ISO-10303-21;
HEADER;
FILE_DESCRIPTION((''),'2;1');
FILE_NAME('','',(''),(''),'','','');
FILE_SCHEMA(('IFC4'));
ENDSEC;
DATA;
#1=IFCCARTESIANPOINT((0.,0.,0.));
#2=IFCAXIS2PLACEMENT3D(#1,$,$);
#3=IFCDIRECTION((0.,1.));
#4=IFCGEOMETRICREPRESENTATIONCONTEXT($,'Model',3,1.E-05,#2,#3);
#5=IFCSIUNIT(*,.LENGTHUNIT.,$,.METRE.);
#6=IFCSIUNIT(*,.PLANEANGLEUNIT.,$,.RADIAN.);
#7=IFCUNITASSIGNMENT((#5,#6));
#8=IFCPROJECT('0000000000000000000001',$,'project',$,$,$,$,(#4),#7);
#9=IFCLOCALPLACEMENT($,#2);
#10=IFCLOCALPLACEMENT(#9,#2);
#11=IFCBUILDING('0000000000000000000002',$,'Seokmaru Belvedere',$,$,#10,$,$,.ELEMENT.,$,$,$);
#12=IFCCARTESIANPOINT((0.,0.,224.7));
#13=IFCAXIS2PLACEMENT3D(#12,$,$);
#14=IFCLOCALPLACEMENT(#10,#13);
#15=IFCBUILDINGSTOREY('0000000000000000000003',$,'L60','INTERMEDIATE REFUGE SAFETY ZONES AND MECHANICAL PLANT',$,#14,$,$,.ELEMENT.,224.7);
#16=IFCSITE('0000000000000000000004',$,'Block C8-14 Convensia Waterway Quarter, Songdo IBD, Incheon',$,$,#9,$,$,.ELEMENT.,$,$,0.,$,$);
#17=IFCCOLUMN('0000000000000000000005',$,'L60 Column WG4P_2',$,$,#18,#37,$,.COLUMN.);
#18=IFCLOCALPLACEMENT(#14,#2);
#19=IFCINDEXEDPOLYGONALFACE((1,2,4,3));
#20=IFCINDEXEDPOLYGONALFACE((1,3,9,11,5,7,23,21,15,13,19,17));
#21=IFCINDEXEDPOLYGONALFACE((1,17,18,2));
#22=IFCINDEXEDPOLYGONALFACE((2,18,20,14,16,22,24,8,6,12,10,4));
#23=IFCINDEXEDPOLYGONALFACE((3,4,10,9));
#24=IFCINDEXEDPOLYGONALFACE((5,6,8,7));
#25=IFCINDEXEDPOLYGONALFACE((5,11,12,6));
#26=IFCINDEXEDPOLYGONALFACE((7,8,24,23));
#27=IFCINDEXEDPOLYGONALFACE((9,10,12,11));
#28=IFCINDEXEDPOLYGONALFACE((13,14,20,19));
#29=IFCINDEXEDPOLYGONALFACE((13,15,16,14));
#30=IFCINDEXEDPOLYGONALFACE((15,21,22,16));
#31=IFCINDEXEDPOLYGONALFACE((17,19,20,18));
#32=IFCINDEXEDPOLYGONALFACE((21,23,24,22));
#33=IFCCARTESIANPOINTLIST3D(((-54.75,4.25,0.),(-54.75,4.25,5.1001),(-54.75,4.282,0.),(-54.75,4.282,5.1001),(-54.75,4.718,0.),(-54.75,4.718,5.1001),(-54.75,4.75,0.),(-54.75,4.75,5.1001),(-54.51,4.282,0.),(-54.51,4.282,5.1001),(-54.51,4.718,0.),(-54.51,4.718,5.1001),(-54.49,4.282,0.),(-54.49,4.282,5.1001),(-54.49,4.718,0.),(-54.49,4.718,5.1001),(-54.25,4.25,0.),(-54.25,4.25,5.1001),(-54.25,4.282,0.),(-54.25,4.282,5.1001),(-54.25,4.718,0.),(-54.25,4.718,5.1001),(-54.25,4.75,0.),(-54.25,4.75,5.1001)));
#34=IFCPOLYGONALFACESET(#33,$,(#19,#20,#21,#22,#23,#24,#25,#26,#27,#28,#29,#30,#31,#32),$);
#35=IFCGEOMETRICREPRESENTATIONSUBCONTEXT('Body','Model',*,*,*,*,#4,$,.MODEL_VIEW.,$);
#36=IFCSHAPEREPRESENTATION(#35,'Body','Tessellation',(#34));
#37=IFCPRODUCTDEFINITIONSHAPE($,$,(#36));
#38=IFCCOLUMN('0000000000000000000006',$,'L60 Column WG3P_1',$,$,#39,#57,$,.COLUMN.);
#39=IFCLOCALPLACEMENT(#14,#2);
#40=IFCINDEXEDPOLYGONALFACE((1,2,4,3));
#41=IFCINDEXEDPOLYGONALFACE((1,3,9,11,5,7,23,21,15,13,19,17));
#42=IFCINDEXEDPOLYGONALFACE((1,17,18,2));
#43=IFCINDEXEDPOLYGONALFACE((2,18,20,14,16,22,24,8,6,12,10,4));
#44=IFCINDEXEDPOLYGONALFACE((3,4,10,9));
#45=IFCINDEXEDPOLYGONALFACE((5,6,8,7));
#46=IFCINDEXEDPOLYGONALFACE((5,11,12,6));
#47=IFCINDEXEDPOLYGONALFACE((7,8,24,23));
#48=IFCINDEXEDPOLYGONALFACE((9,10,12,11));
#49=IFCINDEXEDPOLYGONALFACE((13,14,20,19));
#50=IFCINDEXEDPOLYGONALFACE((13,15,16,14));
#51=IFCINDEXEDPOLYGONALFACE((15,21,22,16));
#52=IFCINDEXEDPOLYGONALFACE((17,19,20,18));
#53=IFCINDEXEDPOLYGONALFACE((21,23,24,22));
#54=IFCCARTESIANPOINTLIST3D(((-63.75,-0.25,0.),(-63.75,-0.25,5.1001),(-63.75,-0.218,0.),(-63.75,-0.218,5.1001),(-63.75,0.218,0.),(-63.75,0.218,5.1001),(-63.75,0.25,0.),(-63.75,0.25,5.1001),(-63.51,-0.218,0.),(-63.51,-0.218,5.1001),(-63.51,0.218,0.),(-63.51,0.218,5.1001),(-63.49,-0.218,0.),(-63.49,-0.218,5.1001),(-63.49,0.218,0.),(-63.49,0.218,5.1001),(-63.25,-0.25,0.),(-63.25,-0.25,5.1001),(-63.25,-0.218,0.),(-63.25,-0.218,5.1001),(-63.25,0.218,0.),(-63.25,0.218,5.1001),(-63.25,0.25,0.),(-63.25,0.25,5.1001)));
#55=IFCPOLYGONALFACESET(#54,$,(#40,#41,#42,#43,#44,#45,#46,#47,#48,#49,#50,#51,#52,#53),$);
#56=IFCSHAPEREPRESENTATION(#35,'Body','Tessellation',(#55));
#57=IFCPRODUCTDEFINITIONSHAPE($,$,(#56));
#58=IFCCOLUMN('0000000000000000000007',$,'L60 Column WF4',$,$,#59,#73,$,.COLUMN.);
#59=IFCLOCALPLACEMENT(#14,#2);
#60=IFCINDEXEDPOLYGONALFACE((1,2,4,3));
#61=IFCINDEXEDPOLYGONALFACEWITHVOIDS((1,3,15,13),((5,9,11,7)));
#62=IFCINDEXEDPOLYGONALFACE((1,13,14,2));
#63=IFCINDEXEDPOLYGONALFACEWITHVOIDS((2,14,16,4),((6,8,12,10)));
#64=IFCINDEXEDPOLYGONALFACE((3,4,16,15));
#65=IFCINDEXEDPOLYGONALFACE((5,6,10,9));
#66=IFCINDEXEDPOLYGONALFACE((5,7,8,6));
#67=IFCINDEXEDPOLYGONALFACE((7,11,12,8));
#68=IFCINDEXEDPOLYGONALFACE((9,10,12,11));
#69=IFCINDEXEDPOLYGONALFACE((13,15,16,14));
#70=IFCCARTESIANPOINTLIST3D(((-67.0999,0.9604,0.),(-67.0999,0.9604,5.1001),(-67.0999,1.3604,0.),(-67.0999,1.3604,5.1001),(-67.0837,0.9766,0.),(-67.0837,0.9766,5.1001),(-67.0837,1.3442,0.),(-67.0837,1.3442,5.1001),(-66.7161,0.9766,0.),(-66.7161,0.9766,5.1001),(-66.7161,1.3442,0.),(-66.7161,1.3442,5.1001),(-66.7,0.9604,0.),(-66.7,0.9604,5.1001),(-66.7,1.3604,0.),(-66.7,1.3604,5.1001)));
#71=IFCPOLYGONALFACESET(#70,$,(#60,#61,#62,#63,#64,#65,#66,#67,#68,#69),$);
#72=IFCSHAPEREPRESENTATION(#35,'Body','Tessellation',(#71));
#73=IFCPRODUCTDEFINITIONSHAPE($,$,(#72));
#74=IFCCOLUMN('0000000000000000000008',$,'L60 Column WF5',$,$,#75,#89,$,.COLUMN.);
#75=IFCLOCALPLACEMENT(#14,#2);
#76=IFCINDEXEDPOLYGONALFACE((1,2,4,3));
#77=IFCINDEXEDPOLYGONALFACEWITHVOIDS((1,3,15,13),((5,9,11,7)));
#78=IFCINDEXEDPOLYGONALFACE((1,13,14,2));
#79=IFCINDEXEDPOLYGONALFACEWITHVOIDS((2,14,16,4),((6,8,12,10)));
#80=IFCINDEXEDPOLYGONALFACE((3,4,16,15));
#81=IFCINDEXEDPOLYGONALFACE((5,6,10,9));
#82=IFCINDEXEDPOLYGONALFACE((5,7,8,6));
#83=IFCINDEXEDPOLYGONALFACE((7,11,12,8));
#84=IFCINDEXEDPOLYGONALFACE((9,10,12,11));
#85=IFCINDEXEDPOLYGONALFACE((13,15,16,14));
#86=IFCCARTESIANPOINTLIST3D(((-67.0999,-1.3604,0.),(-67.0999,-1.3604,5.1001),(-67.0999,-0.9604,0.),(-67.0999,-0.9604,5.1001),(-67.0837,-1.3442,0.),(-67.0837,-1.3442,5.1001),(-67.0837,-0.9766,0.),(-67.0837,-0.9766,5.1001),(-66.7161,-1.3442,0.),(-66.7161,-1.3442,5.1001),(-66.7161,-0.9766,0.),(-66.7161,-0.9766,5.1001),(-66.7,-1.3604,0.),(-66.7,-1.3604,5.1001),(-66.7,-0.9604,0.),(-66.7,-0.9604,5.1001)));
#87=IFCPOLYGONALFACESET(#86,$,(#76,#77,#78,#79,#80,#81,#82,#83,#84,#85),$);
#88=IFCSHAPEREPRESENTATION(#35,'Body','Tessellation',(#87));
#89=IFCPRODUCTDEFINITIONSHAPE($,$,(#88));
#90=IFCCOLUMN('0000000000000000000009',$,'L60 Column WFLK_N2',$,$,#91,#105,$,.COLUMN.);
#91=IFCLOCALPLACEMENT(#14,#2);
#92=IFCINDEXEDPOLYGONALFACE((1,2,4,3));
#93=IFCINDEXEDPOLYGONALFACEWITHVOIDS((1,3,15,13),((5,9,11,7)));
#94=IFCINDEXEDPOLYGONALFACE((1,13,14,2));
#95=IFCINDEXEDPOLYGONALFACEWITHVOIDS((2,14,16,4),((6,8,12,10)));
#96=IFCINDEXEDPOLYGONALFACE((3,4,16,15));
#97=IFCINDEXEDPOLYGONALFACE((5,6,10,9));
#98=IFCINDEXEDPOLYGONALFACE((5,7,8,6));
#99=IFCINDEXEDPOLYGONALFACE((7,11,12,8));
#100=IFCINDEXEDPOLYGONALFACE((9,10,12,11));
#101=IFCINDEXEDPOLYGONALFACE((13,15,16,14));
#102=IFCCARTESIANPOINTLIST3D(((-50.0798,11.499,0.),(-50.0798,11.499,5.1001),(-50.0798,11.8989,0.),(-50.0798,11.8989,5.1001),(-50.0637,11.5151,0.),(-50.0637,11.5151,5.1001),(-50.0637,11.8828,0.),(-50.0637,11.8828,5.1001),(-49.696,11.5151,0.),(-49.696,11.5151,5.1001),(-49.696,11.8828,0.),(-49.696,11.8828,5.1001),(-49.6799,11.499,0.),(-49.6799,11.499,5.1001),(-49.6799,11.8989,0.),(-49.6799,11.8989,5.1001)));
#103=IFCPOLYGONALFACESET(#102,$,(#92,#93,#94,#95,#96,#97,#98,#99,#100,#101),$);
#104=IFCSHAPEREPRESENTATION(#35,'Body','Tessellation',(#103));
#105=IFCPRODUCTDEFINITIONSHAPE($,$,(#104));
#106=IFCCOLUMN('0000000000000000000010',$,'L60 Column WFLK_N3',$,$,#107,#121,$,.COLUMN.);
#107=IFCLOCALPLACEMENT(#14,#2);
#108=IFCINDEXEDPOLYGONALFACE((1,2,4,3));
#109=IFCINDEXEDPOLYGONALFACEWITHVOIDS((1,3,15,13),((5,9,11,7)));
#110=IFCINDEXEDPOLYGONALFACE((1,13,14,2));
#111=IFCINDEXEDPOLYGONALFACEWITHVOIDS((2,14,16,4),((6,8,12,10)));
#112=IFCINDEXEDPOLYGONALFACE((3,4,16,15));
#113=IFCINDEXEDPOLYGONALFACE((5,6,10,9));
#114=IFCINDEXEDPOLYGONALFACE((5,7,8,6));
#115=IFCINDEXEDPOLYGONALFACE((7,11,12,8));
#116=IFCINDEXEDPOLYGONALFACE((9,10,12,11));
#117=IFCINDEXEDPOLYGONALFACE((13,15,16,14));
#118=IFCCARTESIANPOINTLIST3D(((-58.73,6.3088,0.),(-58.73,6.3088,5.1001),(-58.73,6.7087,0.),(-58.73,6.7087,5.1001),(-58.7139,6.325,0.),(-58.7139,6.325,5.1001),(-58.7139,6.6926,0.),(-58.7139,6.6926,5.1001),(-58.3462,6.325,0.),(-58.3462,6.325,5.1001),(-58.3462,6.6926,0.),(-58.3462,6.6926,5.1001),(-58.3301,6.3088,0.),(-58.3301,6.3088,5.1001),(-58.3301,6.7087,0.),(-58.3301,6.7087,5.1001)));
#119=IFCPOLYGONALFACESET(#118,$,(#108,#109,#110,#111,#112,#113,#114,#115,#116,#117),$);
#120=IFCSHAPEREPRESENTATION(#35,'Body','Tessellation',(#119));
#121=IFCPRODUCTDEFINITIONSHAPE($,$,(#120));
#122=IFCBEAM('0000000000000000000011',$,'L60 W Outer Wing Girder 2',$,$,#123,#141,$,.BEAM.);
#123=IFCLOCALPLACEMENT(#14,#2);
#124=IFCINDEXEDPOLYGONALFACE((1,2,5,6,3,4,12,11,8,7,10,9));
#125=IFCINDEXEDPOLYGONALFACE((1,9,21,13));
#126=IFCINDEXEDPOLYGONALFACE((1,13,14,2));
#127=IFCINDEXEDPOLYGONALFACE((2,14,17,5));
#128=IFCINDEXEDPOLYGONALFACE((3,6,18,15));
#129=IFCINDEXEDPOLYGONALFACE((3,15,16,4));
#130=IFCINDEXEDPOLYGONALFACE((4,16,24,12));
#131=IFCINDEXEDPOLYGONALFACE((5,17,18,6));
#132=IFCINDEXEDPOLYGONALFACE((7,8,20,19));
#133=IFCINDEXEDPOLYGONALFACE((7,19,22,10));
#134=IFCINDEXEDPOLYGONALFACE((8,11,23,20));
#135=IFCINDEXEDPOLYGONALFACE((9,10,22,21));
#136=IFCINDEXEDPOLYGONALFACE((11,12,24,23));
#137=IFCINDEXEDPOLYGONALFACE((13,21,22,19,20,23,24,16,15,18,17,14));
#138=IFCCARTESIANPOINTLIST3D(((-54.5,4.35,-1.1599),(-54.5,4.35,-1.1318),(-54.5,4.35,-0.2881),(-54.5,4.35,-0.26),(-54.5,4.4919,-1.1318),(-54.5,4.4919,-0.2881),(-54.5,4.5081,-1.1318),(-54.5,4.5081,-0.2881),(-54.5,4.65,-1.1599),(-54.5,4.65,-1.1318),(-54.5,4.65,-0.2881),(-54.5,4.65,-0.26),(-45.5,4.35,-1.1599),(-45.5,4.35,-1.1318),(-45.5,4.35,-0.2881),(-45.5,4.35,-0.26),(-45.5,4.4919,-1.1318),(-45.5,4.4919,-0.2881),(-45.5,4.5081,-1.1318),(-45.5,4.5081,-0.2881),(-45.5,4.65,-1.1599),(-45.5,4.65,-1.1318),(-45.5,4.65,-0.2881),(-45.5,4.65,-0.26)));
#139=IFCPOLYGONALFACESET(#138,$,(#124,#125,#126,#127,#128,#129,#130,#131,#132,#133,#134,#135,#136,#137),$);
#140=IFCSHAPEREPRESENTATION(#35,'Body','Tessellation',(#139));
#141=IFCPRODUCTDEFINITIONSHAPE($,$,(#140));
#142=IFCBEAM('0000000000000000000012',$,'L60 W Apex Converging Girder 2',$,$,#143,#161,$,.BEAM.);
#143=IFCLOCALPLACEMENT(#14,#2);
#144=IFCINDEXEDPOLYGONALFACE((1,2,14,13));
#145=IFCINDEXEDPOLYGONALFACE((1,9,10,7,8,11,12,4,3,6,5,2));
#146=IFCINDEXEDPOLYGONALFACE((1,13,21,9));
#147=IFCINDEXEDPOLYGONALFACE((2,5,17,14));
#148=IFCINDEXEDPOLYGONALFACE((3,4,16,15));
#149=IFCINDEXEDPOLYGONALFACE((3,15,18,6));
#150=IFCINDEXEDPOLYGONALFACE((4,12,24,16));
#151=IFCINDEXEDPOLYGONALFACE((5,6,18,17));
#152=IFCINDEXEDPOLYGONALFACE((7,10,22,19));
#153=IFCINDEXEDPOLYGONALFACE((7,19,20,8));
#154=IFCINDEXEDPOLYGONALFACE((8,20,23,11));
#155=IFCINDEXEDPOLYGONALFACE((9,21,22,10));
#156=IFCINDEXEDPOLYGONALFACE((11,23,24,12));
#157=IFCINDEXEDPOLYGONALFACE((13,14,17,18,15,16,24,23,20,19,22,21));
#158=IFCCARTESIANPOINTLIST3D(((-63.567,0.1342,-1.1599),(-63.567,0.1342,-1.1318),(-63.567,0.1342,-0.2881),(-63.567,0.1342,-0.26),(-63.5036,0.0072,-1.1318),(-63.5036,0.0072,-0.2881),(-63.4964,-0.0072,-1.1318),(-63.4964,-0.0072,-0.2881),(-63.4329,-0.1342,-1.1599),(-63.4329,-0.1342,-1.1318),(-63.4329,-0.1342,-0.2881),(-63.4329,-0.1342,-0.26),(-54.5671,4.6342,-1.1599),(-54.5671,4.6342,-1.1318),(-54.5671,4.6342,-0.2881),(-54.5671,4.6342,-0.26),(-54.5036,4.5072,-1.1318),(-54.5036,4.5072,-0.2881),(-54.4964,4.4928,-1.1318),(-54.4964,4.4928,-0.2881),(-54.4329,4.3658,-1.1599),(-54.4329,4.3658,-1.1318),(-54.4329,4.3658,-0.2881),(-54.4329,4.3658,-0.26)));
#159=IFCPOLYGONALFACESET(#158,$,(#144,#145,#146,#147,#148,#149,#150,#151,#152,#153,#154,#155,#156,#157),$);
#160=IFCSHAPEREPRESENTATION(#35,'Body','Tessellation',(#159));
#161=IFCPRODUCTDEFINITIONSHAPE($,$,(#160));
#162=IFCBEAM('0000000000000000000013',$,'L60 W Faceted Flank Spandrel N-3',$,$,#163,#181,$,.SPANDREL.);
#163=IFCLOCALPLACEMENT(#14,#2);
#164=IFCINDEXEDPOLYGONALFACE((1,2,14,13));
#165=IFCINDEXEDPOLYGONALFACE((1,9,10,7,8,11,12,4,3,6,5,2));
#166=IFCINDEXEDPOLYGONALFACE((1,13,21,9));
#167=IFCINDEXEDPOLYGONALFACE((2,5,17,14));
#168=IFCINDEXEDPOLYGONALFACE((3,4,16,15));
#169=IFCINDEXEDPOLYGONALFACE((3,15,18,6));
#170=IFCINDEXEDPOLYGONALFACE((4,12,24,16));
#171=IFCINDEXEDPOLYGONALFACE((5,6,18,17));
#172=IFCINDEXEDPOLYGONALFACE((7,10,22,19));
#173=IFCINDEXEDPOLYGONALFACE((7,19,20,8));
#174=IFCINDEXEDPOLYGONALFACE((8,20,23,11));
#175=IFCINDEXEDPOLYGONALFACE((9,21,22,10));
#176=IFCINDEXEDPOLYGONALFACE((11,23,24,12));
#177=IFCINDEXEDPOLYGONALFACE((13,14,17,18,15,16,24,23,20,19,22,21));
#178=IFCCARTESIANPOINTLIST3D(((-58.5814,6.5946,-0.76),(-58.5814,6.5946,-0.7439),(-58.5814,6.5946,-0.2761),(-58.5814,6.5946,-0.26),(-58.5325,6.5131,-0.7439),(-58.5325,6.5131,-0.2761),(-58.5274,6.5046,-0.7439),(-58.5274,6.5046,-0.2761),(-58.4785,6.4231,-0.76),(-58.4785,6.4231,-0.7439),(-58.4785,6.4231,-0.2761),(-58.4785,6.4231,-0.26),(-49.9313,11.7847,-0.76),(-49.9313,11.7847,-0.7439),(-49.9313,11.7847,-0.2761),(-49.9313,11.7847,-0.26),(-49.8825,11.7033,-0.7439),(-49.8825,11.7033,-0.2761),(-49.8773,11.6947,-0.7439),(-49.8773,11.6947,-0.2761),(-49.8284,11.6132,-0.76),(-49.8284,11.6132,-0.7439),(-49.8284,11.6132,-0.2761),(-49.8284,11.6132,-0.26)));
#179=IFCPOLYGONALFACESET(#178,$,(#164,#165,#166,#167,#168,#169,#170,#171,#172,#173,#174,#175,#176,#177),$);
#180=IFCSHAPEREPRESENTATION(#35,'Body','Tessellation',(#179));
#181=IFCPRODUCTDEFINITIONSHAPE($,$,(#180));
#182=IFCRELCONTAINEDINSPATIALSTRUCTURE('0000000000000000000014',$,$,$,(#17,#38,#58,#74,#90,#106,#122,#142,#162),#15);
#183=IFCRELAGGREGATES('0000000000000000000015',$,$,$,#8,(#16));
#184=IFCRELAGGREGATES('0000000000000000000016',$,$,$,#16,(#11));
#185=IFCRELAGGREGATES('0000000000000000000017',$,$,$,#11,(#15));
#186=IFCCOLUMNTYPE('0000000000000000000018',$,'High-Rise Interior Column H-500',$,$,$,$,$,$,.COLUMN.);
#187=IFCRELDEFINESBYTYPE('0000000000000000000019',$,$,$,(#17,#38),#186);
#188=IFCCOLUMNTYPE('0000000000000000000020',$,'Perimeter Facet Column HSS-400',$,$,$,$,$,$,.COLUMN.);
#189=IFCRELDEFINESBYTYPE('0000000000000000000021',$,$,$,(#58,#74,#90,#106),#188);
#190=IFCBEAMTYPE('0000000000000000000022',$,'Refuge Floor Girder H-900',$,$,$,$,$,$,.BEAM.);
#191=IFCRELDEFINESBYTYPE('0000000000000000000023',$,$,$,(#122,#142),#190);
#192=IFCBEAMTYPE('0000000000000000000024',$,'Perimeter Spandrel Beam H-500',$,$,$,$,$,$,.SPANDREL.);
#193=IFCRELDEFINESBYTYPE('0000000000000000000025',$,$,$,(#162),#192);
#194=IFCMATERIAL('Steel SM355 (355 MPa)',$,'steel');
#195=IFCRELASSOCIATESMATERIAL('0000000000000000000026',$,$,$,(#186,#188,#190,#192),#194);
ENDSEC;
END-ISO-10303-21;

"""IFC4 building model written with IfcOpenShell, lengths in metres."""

from ifc_helpers import new_model, si_unit, direction, frame, origin, origin_2d, place, context, subcontext, project, spatial, hollow_rectangle, i_section, extrude, source, transform, mapped, material, material_profile, profile_set, type_object, type_shapes, element, save


model = new_model("IFC4")

# Units and contexts
model_context = context("Model", 3, precision=1e-05, world=origin(), true_north=direction((0.0, 1.0)))
body_context = subcontext(model_context, "Body", "Model", "MODEL_VIEW")
ifc_project = project(units=[si_unit("LENGTHUNIT", "METRE"), si_unit("PLANEANGLEUNIT", "RADIAN")], contexts=[model_context])

# Site, building, storey
site_placement = place(None, origin())
site = spatial("IfcSite", under=ifc_project, at=site_placement, Name="Block C8-14 Convensia Waterway Quarter, Songdo IBD, Incheon", CompositionType="ELEMENT", RefElevation=0.0)
building_placement = place(site_placement, origin())
building = spatial("IfcBuilding", under=site, at=building_placement, Name="Seokmaru Belvedere", CompositionType="ELEMENT")
storey_placement = place(building_placement, frame((0.0, 0.0, 224.7)))
storey = spatial("IfcBuildingStorey", under=building, at=storey_placement, Name="L60", Description="INTERMEDIATE REFUGE SAFETY ZONES AND MECHANICAL PLANT", CompositionType="ELEMENT", Elevation=224.7)

# Columns
ifc_material_1 = material(Name="Steel SM355 (355 MPa)", Category="steel")
ifc_material_profile_1 = material_profile(ifc_material_1, i_section(OverallWidth=0.5, OverallDepth=0.5, WebThickness=0.02, FlangeThickness=0.032, at=origin_2d()), Name="H-500x500x20x32")
ifc_profile_set_1 = profile_set([ifc_material_profile_1], Name="Steel SM355 (355 MPa)")
column_type_1 = type_object("IfcColumnType", Name="High-Rise Interior Column H-500", PredefinedType="COLUMN", material=ifc_profile_set_1)
shared_shape_1 = source(origin(), body_context, "Body", "SweptSolid", [
    extrude(i_section(OverallWidth=0.5, OverallDepth=0.5, WebThickness=0.02, FlangeThickness=0.032, at=origin_2d()), origin(), (0.0, 0.0, 1.0), 5.1001),
])
type_shapes(column_type_1, [shared_shape_1])
for number, where, z_axis, x_axis, name in (
    (1, (-54.5, 4.5, 0.0), (0.0, 0.0, 1.0), (1.0, 0.0, 0.0), "L60 Column WG4P_2"),
    (2, (-63.5, 0.0, 0.0), (0.0, 0.0, 1.0), (1.0, 0.0, 0.0), "L60 Column WG3P_1"),
):
    element("IfcColumn", number, at=place(storey_placement, frame(where, z_axis=z_axis, x_axis=x_axis)), inside=storey, type_object=column_type_1, Name=name, PredefinedType="COLUMN", context=body_context, shape_type="MappedRepresentation", body=[
        mapped(shared_shape_1, transform((0.0, 0.0, 0.0), scale=1.0)),
    ])
ifc_material_profile_2 = material_profile(ifc_material_1, hollow_rectangle(XDim=0.3999, YDim=0.3999, WallThickness=0.0161, at=origin_2d()), Name="HSS-400x400x16")
ifc_profile_set_2 = profile_set([ifc_material_profile_2], Name="Steel SM355 (355 MPa)")
column_type_2 = type_object("IfcColumnType", Name="Perimeter Facet Column HSS-400", PredefinedType="COLUMN", material=ifc_profile_set_2)
shared_shape_2 = source(origin(), body_context, "Body", "SweptSolid", [
    extrude(hollow_rectangle(XDim=0.3999, YDim=0.3999, WallThickness=0.0161, at=origin_2d()), origin(), (0.0, 0.0, 1.0), 5.1001),
])
type_shapes(column_type_2, [shared_shape_2])
for number, where, z_axis, x_axis, name in (
    (3, (-66.8999, 1.1604, 0.0), (0.0, 0.0, 1.0), (1.0, 0.0, 0.0), "L60 Column WF4"),
    (4, (-66.8999, -1.1604, 0.0), (0.0, 0.0, 1.0), (1.0, 0.0, 0.0), "L60 Column WF5"),
    (5, (-49.8799, 11.699, 0.0), (0.0, 0.0, 1.0), (1.0, 0.0, 0.0), "L60 Column WFLK_N2"),
    (6, (-58.53, 6.5088, 0.0), (0.0, 0.0, 1.0), (1.0, 0.0, 0.0), "L60 Column WFLK_N3"),
):
    element("IfcColumn", number, at=place(storey_placement, frame(where, z_axis=z_axis, x_axis=x_axis)), inside=storey, type_object=column_type_2, Name=name, PredefinedType="COLUMN", context=body_context, shape_type="MappedRepresentation", body=[
        mapped(shared_shape_2, transform((0.0, 0.0, 0.0), scale=1.0)),
    ])

# Beams
ifc_material_profile_3 = material_profile(ifc_material_1, i_section(OverallWidth=0.3, OverallDepth=0.8999, WebThickness=0.0161, FlangeThickness=0.0281, at=origin_2d()), Name="H-900x300x16x28")
ifc_profile_set_3 = profile_set([ifc_material_profile_3], Name="Steel SM355 (355 MPa)")
beam_type_1 = type_object("IfcBeamType", Name="Refuge Floor Girder H-900", PredefinedType="BEAM", material=ifc_profile_set_3)
shared_shape_3 = source(origin(), body_context, "Body", "SweptSolid", [
    extrude(i_section(OverallWidth=0.3, OverallDepth=0.8999, WebThickness=0.0161, FlangeThickness=0.0281, at=origin_2d()), origin(), (0.0, 0.0, 1.0), 9.0),
])
beam_1_placement = place(storey_placement, frame((-54.5, 4.5, -0.71), z_axis=(1.0, 0.0, 0.0), x_axis=(0.0, 1.0, 0.0)))
element("IfcBeam", 7, at=beam_1_placement, inside=storey, type_object=beam_type_1, Name="L60 W Outer Wing Girder 2", PredefinedType="BEAM", context=body_context, shape_type="MappedRepresentation", body=[
    mapped(shared_shape_3, transform((0.0, 0.0, 0.0), scale=1.0)),
])
shared_shape_4 = source(origin(), body_context, "Body", "SweptSolid", [
    extrude(i_section(OverallWidth=0.3, OverallDepth=0.8999, WebThickness=0.0161, FlangeThickness=0.0281, at=origin_2d()), origin(), (0.0, 0.0, 1.0), 10.0623),
])
beam_2_placement = place(storey_placement, frame((-54.5, 4.5, -0.71), z_axis=(-0.894427, -0.447214, 0.0), x_axis=(0.447214, -0.894427, 0.0)))
element("IfcBeam", 8, at=beam_2_placement, inside=storey, type_object=beam_type_1, Name="L60 W Apex Converging Girder 2", PredefinedType="BEAM", context=body_context, shape_type="MappedRepresentation", body=[
    mapped(shared_shape_4, transform((0.0, 0.0, 0.0), scale=1.0)),
])
ifc_material_profile_4 = material_profile(ifc_material_1, i_section(OverallWidth=0.2, OverallDepth=0.5, WebThickness=0.01, FlangeThickness=0.0161, at=origin_2d()), Name="H-500x200x10x16")
ifc_profile_set_4 = profile_set([ifc_material_profile_4], Name="Steel SM355 (355 MPa)")
beam_type_2 = type_object("IfcBeamType", Name="Perimeter Spandrel Beam H-500", PredefinedType="SPANDREL", material=ifc_profile_set_4)
shared_shape_5 = source(origin(), body_context, "Body", "SweptSolid", [
    extrude(i_section(OverallWidth=0.2, OverallDepth=0.5, WebThickness=0.01, FlangeThickness=0.0161, at=origin_2d()), origin(), (0.0, 0.0, 1.0), 10.0876),
])
beam_3_placement = place(storey_placement, frame((-49.8799, 11.699, -0.51), z_axis=(-0.857489, -0.514503, 0.0), x_axis=(0.514503, -0.857489, 0.0)))
element("IfcBeam", 9, at=beam_3_placement, inside=storey, type_object=beam_type_2, Name="L60 W Faceted Flank Spandrel N-3", PredefinedType="SPANDREL", context=body_context, shape_type="MappedRepresentation", body=[
    mapped(shared_shape_5, transform((0.0, 0.0, 0.0), scale=1.0)),
])

save(model, "model.ifc")
